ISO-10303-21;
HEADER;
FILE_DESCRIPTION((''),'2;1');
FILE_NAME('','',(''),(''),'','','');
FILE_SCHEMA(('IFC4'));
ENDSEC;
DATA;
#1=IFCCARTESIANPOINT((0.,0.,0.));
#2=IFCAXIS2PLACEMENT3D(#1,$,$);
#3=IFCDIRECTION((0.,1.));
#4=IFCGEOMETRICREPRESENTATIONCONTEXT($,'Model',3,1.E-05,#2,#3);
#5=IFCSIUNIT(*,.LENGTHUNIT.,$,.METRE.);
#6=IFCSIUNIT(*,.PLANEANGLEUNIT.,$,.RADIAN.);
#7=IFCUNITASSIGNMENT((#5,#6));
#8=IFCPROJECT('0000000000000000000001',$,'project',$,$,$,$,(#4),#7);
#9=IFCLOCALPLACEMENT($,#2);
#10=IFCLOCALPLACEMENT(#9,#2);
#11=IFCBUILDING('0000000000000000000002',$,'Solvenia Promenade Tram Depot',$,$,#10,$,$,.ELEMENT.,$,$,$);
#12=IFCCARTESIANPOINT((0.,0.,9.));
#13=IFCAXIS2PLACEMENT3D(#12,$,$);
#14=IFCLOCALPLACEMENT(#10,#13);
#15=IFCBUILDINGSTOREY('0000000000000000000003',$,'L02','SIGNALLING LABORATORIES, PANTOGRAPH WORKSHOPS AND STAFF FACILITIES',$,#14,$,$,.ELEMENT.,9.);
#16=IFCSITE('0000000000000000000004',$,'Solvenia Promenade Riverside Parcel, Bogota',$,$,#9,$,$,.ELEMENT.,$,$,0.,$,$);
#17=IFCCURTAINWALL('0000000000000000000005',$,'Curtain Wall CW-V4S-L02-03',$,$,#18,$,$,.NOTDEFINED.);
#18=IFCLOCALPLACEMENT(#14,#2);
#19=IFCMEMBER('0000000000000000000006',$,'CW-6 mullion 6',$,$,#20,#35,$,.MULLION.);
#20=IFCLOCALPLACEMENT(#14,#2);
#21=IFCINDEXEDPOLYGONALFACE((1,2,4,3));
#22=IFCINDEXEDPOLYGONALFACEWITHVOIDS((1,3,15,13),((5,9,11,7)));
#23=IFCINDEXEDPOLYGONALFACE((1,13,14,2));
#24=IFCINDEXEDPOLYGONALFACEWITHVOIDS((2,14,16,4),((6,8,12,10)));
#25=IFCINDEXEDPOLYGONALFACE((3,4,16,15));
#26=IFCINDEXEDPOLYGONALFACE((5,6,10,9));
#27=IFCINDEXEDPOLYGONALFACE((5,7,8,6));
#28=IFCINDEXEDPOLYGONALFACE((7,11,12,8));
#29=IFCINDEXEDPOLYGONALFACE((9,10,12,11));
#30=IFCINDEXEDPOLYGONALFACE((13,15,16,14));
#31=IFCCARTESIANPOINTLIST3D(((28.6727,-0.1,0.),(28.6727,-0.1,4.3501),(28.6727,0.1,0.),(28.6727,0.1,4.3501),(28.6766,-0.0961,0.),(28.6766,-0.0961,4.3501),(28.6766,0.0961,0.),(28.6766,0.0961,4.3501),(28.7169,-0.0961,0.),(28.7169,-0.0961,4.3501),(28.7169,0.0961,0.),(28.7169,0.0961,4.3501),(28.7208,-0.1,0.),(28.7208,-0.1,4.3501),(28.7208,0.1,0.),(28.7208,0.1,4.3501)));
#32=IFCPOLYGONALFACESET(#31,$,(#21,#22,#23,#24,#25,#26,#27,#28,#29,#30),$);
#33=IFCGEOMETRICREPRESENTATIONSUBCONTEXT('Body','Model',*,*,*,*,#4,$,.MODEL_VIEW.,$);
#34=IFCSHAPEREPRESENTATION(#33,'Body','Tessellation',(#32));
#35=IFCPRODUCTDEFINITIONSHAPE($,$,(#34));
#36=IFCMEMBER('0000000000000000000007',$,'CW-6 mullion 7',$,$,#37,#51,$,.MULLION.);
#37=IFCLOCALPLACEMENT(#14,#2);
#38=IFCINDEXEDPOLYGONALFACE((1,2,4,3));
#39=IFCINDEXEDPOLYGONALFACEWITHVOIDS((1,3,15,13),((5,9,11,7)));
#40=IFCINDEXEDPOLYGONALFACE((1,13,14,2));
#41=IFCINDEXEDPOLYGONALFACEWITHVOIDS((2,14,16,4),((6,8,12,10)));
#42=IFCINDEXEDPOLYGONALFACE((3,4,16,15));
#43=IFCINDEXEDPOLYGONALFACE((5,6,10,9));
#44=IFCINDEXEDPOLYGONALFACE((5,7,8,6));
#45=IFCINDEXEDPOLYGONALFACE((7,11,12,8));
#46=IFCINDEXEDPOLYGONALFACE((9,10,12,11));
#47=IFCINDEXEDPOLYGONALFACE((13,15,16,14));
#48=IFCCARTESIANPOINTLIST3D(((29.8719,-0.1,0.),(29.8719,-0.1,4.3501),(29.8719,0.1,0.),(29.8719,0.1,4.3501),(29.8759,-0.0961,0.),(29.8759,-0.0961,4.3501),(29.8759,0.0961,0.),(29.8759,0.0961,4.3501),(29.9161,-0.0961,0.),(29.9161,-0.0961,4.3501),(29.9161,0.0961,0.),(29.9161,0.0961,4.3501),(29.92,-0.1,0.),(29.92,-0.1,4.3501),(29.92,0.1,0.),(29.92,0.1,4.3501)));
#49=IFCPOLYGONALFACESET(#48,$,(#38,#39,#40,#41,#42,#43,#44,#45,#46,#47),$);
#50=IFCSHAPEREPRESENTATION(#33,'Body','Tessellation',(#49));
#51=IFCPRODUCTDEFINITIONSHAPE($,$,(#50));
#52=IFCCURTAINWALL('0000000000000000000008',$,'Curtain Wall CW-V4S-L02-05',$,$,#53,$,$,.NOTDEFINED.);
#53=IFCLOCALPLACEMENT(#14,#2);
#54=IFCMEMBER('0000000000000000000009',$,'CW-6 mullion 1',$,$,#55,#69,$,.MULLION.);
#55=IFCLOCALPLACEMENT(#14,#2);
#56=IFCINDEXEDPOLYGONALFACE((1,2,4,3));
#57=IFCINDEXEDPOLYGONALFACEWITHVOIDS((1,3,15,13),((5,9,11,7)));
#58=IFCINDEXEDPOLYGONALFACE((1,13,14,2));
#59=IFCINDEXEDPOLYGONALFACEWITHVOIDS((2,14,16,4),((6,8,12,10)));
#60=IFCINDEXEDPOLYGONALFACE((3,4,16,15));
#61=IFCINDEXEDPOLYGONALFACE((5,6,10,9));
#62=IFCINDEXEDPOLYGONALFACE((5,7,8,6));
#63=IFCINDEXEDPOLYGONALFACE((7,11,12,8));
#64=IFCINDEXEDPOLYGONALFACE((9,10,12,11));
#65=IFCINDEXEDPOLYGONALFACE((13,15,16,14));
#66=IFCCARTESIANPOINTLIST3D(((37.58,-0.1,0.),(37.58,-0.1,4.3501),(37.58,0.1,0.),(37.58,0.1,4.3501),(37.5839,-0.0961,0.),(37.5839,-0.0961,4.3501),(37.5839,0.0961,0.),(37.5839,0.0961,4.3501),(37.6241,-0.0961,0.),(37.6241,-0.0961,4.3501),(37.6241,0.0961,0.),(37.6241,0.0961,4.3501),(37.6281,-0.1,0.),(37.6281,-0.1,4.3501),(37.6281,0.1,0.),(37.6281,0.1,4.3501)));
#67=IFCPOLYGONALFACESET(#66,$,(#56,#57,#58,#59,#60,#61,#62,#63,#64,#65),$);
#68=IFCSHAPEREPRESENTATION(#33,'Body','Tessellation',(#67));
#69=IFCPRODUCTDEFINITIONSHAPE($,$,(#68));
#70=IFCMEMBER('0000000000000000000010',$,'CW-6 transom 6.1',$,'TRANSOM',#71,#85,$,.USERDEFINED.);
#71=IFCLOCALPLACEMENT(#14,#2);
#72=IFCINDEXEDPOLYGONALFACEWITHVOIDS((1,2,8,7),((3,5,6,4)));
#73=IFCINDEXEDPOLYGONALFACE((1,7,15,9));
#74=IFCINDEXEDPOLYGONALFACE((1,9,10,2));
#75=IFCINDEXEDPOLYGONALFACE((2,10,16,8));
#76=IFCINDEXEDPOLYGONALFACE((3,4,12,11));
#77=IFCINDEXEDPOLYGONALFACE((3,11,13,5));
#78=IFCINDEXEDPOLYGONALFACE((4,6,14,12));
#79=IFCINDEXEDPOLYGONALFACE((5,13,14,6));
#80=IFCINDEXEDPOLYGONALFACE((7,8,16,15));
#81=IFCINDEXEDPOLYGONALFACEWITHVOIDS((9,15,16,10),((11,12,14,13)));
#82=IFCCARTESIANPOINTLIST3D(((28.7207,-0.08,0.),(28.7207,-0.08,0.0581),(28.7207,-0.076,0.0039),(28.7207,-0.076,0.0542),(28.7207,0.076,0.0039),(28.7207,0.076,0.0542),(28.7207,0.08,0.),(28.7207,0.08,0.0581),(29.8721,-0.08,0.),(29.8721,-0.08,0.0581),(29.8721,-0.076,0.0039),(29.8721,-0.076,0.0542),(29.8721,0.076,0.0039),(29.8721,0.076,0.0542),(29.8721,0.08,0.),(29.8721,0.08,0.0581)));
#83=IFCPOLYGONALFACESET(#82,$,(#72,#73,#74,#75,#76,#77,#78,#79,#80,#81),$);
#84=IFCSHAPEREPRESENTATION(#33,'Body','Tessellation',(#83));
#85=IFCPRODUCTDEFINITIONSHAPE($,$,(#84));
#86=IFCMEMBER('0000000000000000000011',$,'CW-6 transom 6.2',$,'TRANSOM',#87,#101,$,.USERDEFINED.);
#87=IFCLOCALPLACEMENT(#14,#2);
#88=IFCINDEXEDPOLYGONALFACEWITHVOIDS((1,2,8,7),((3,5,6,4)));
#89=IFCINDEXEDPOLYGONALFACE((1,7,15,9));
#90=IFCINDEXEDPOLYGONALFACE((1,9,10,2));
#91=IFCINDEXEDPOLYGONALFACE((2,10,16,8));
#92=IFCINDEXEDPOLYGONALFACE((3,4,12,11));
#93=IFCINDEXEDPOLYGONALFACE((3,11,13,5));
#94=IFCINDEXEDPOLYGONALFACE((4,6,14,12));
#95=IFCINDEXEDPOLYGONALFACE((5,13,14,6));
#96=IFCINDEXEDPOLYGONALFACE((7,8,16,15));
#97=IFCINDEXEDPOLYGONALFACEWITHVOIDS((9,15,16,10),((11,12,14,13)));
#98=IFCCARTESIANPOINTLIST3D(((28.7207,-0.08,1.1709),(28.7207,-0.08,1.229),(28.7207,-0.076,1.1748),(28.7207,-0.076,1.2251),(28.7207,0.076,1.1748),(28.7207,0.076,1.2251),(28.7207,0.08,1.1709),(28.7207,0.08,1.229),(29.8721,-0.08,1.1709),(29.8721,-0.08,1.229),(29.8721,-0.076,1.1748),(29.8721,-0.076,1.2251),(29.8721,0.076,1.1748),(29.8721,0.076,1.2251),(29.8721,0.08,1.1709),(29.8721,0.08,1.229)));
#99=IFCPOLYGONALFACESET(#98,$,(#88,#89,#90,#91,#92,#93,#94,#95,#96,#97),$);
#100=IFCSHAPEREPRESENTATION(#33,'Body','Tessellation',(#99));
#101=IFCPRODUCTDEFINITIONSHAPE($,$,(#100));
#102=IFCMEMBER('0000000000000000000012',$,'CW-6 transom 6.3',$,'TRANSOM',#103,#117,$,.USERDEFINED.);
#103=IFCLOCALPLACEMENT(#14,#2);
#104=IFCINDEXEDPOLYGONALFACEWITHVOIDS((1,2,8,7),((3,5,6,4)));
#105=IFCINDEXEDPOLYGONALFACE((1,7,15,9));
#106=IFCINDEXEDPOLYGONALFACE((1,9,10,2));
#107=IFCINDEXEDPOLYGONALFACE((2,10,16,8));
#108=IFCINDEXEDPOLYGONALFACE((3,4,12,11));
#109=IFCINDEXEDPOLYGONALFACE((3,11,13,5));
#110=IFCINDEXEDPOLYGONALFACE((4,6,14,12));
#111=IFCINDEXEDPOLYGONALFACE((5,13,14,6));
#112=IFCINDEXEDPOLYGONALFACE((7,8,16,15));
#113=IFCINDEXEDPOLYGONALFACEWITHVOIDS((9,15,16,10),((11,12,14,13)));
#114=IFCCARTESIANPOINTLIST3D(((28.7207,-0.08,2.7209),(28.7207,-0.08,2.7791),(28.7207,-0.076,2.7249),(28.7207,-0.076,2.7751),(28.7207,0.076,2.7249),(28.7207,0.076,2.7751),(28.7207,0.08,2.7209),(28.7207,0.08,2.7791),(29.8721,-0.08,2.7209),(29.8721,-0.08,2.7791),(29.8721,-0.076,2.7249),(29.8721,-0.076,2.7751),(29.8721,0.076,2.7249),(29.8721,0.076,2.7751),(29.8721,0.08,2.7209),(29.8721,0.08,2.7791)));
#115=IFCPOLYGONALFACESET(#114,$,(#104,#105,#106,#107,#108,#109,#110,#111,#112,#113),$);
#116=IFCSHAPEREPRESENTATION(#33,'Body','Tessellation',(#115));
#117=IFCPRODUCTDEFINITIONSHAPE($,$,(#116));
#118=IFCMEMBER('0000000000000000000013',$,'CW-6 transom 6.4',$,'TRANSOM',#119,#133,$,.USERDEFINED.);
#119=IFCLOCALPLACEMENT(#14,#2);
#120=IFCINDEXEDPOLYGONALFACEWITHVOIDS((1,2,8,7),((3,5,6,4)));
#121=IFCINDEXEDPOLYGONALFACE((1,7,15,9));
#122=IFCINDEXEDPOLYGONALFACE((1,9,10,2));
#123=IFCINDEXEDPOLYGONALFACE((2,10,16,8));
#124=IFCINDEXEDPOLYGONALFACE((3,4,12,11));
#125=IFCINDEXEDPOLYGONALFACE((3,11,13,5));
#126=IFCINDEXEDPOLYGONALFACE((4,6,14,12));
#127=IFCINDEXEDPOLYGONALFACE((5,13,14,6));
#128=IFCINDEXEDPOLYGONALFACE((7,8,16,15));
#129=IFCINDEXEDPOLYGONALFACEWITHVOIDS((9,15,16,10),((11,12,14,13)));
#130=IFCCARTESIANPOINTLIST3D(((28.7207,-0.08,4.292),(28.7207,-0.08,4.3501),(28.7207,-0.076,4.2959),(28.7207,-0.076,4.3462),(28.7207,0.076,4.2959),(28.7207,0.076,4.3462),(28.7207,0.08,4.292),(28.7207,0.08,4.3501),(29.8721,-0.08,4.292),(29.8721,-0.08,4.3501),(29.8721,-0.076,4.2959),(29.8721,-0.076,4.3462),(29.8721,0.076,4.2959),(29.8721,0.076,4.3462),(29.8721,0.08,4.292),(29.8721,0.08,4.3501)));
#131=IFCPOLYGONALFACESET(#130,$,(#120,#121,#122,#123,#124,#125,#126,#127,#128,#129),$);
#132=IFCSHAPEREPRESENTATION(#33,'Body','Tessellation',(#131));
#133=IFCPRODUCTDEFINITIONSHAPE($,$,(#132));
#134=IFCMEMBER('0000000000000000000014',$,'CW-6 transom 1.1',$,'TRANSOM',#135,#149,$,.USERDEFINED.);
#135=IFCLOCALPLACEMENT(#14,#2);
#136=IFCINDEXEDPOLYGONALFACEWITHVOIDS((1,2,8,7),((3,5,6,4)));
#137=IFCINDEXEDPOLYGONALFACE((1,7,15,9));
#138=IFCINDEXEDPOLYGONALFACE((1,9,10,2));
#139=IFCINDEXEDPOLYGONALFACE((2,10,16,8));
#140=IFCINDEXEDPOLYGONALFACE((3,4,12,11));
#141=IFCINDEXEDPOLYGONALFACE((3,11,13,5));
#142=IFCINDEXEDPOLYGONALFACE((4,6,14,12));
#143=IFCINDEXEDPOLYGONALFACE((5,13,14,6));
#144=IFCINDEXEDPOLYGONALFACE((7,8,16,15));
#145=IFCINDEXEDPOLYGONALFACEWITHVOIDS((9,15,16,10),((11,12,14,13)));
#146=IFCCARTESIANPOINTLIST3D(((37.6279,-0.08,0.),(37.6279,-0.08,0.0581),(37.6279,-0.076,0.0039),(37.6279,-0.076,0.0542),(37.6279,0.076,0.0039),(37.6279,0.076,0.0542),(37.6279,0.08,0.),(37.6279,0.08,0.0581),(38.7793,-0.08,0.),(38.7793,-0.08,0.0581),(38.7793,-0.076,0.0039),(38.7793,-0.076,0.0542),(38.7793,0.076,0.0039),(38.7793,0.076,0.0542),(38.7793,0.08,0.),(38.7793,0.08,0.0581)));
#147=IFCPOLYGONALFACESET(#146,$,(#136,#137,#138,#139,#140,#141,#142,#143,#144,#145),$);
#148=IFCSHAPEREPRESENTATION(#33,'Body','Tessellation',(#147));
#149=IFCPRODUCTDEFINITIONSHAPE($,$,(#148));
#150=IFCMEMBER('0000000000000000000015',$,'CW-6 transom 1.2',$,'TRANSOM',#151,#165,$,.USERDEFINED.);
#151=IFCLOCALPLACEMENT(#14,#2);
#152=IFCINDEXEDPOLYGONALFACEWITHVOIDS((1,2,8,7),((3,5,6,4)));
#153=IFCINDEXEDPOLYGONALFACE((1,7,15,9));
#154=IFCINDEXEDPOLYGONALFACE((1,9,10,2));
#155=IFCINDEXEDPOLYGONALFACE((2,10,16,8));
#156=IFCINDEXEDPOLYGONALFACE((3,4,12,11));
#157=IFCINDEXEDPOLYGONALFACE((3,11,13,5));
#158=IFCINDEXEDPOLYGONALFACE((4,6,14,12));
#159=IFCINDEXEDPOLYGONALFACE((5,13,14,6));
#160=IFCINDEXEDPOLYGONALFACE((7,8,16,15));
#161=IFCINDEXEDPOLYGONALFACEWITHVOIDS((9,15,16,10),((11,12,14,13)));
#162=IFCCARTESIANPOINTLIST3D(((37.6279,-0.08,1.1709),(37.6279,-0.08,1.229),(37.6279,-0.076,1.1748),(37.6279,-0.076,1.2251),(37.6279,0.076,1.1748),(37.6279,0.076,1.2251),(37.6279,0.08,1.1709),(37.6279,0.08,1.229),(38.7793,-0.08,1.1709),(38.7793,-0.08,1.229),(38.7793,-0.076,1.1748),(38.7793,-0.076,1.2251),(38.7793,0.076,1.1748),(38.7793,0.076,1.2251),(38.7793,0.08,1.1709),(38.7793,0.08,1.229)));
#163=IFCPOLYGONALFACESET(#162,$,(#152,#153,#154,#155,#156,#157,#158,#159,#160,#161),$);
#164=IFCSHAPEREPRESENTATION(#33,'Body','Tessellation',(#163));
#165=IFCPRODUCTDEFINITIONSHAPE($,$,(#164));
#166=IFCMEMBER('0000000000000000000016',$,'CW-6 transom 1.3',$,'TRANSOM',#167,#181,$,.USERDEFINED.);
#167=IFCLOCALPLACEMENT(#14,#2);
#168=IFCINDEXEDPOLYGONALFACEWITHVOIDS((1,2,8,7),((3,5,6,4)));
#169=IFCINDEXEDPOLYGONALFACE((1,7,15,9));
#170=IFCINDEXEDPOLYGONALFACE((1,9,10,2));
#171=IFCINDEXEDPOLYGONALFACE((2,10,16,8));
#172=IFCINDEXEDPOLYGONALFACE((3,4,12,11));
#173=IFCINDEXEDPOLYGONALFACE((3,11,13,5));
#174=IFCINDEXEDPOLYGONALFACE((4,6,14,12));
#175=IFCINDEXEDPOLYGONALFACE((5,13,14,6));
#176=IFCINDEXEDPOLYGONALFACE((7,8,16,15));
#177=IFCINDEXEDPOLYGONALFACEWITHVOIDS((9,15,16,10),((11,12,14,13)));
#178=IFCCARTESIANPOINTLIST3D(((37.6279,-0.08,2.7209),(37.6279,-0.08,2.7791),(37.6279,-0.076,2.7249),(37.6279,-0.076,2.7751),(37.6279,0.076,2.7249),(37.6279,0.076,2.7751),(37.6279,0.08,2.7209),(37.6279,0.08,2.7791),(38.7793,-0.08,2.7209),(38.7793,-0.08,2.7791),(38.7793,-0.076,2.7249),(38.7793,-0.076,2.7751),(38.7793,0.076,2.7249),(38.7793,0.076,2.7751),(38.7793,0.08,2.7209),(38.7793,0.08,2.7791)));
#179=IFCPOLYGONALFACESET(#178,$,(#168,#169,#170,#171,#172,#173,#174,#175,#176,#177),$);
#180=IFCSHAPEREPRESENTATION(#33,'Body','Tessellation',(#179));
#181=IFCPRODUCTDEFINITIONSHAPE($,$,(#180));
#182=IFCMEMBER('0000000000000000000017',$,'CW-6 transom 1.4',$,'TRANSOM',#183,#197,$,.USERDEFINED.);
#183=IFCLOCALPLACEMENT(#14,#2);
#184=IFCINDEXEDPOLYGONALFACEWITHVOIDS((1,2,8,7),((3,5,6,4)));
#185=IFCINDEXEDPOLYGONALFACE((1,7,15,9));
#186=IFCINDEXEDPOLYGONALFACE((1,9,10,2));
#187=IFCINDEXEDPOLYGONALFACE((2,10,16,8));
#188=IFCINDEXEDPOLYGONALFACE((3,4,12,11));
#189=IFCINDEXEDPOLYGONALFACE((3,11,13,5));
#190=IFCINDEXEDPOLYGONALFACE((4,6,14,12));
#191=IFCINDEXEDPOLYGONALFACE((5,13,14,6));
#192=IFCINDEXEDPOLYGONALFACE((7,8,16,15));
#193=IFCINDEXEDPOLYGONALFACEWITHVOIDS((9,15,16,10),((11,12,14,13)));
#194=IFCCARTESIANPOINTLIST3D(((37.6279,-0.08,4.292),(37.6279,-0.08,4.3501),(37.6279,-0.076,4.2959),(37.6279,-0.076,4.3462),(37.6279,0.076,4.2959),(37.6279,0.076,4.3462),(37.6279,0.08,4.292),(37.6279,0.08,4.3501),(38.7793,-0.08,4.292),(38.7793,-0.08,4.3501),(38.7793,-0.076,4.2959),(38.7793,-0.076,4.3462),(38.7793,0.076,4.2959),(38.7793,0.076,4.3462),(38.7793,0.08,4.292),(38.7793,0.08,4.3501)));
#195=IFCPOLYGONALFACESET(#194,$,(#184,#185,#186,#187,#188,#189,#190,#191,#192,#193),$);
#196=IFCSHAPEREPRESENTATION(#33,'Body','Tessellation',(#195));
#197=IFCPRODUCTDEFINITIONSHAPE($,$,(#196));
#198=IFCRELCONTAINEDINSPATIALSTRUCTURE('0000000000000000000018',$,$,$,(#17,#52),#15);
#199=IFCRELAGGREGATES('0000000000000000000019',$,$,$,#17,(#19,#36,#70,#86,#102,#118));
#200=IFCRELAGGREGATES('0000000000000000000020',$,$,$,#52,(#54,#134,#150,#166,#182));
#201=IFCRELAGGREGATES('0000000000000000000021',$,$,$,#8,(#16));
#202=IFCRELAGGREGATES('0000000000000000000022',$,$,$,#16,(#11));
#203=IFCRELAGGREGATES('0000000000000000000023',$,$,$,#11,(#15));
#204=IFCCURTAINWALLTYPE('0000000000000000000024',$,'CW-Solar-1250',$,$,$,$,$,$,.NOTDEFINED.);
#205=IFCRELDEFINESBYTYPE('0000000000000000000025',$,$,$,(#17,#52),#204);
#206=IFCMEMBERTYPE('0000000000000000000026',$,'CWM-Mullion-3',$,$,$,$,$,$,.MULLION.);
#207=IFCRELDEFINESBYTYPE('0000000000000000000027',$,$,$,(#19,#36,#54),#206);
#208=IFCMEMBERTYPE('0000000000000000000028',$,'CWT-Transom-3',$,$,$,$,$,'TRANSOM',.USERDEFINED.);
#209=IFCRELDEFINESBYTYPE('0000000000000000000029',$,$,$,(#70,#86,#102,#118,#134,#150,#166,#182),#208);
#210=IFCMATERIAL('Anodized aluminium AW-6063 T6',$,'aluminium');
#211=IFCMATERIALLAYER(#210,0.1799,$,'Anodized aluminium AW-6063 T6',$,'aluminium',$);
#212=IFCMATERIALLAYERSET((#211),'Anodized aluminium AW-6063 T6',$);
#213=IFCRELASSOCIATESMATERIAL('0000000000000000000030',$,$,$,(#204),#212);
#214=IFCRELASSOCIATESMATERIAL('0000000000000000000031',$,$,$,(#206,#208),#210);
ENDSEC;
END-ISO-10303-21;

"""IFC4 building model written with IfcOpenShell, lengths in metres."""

from ifc_helpers import new_model, si_unit, direction, frame, origin, origin_2d, place, context, subcontext, project, spatial, hollow_rectangle, extrude, material, layer, layer_set, material_profile, profile_set, type_object, element, aggregate, save


model = new_model("IFC4")

# Units and contexts
model_context = context("Model", 3, precision=1e-05, world=origin(), true_north=direction((0.0, 1.0)))
body_context = subcontext(model_context, "Body", "Model", "MODEL_VIEW")
ifc_project = project(units=[si_unit("LENGTHUNIT", "METRE"), si_unit("PLANEANGLEUNIT", "RADIAN")], contexts=[model_context])

# Site, building, storey
site_placement = place(None, origin())
site = spatial("IfcSite", under=ifc_project, at=site_placement, Name="Solvenia Promenade Riverside Parcel, Bogota", CompositionType="ELEMENT", RefElevation=0.0)
building_placement = place(site_placement, origin())
building = spatial("IfcBuilding", under=site, at=building_placement, Name="Solvenia Promenade Tram Depot", CompositionType="ELEMENT")
storey_placement = place(building_placement, frame((0.0, 0.0, 9.0)))
storey = spatial("IfcBuildingStorey", under=building, at=storey_placement, Name="L02", Description="SIGNALLING LABORATORIES, PANTOGRAPH WORKSHOPS AND STAFF FACILITIES", CompositionType="ELEMENT", Elevation=9.0)

# Curtain wall, members
ifc_material_1 = material(Name="Anodized aluminium AW-6063 T6", Category="aluminium")
ifc_layer_1 = layer(ifc_material_1, 0.1799, Name="Anodized aluminium AW-6063 T6", Category="aluminium")
ifc_layer_set_1 = layer_set([ifc_layer_1], Name="Anodized aluminium AW-6063 T6")
curtain_wall_type = type_object("IfcCurtainWallType", Name="CW-Solar-1250", PredefinedType="NOTDEFINED", material=ifc_layer_set_1)
curtain_wall_1_placement = place(storey_placement, origin())
curtain_wall_1 = element("IfcCurtainWall", 1, at=curtain_wall_1_placement, inside=storey, type_object=curtain_wall_type, Name="Curtain Wall CW-V4S-L02-03", PredefinedType="NOTDEFINED")
ifc_material_profile_1 = material_profile(ifc_material_1, hollow_rectangle(XDim=0.2, YDim=0.0481, WallThickness=0.0039, at=origin_2d()), Name="ALU-M3", Category="aluminium")
ifc_profile_set_1 = profile_set([ifc_material_profile_1], Name="Anodized aluminium AW-6063 T6")
member_type_1 = type_object("IfcMemberType", Name="CWM-Mullion-3", PredefinedType="MULLION", material=ifc_profile_set_1)
member_1_placement = place(storey_placement, frame((28.6968, 0.0, 0.0), z_axis=(0.0, 0.0, 1.0), x_axis=(0.0, 1.0, 0.0)))
member_1 = element("IfcMember", 2, at=member_1_placement, type_object=member_type_1, Name="CW-6 mullion 6", PredefinedType="MULLION", context=body_context, shape_type="SweptSolid", body=[
    extrude(hollow_rectangle(XDim=0.2, YDim=0.0481, WallThickness=0.0039, at=origin_2d()), origin(), (0.0, 0.0, 1.0), 4.3501),
])
member_2_placement = place(storey_placement, frame((29.896, 0.0, 0.0), z_axis=(0.0, 0.0, 1.0), x_axis=(0.0, 1.0, 0.0)))
member_2 = element("IfcMember", 3, at=member_2_placement, type_object=member_type_1, Name="CW-6 mullion 7", PredefinedType="MULLION", context=body_context, shape_type="SweptSolid", body=[
    extrude(hollow_rectangle(XDim=0.2, YDim=0.0481, WallThickness=0.0039, at=origin_2d()), origin(), (0.0, 0.0, 1.0), 4.3501),
])

# Curtain wall, member
curtain_wall_2_placement = place(storey_placement, origin())
curtain_wall_2 = element("IfcCurtainWall", 4, at=curtain_wall_2_placement, inside=storey, type_object=curtain_wall_type, Name="Curtain Wall CW-V4S-L02-05", PredefinedType="NOTDEFINED")
member_3_placement = place(storey_placement, frame((37.604, 0.0, 0.0), z_axis=(0.0, 0.0, 1.0), x_axis=(0.0, 1.0, 0.0)))
member_3 = element("IfcMember", 5, at=member_3_placement, type_object=member_type_1, Name="CW-6 mullion 1", PredefinedType="MULLION", context=body_context, shape_type="SweptSolid", body=[
    extrude(hollow_rectangle(XDim=0.2, YDim=0.0481, WallThickness=0.0039, at=origin_2d()), origin(), (0.0, 0.0, 1.0), 4.3501),
])

# Members
ifc_material_profile_2 = material_profile(ifc_material_1, hollow_rectangle(XDim=0.1599, YDim=0.0581, WallThickness=0.0039, at=origin_2d()), Name="ALU-T3", Category="aluminium")
ifc_profile_set_2 = profile_set([ifc_material_profile_2], Name="Anodized aluminium AW-6063 T6")
member_type_2 = type_object("IfcMemberType", Name="CWT-Transom-3", ElementType="TRANSOM", PredefinedType="USERDEFINED", material=ifc_profile_set_2)
member_4_placement = place(storey_placement, frame((28.7207, 0.0, 0.0291), z_axis=(1.0, 0.0, 0.0), x_axis=(0.0, 1.0, 0.0)))
member_4 = element("IfcMember", 6, at=member_4_placement, type_object=member_type_2, Name="CW-6 transom 6.1", ObjectType="TRANSOM", PredefinedType="USERDEFINED", context=body_context, shape_type="SweptSolid", body=[
    extrude(hollow_rectangle(XDim=0.1599, YDim=0.0581, WallThickness=0.0039, at=origin_2d()), origin(), (0.0, 0.0, 1.0), 1.1514),
])
member_5_placement = place(storey_placement, frame((28.7207, 0.0, 1.2), z_axis=(1.0, 0.0, 0.0), x_axis=(0.0, 1.0, 0.0)))
member_5 = element("IfcMember", 7, at=member_5_placement, type_object=member_type_2, Name="CW-6 transom 6.2", ObjectType="TRANSOM", PredefinedType="USERDEFINED", context=body_context, shape_type="SweptSolid", body=[
    extrude(hollow_rectangle(XDim=0.1599, YDim=0.0581, WallThickness=0.0039, at=origin_2d()), origin(), (0.0, 0.0, 1.0), 1.1514),
])
member_6_placement = place(storey_placement, frame((28.7207, 0.0, 2.75), z_axis=(1.0, 0.0, 0.0), x_axis=(0.0, 1.0, 0.0)))
member_6 = element("IfcMember", 8, at=member_6_placement, type_object=member_type_2, Name="CW-6 transom 6.3", ObjectType="TRANSOM", PredefinedType="USERDEFINED", context=body_context, shape_type="SweptSolid", body=[
    extrude(hollow_rectangle(XDim=0.1599, YDim=0.0581, WallThickness=0.0039, at=origin_2d()), origin(), (0.0, 0.0, 1.0), 1.1514),
])
member_7_placement = place(storey_placement, frame((28.7207, 0.0, 4.321), z_axis=(1.0, 0.0, 0.0), x_axis=(0.0, 1.0, 0.0)))
member_7 = element("IfcMember", 9, at=member_7_placement, type_object=member_type_2, Name="CW-6 transom 6.4", ObjectType="TRANSOM", PredefinedType="USERDEFINED", context=body_context, shape_type="SweptSolid", body=[
    extrude(hollow_rectangle(XDim=0.1599, YDim=0.0581, WallThickness=0.0039, at=origin_2d()), origin(), (0.0, 0.0, 1.0), 1.1514),
])
member_8_placement = place(storey_placement, frame((37.6279, 0.0, 0.0291), z_axis=(1.0, 0.0, 0.0), x_axis=(0.0, 1.0, 0.0)))
member_8 = element("IfcMember", 10, at=member_8_placement, type_object=member_type_2, Name="CW-6 transom 1.1", ObjectType="TRANSOM", PredefinedType="USERDEFINED", context=body_context, shape_type="SweptSolid", body=[
    extrude(hollow_rectangle(XDim=0.1599, YDim=0.0581, WallThickness=0.0039, at=origin_2d()), origin(), (0.0, 0.0, 1.0), 1.1514),
])
member_9_placement = place(storey_placement, frame((37.6279, 0.0, 1.2), z_axis=(1.0, 0.0, 0.0), x_axis=(0.0, 1.0, 0.0)))
member_9 = element("IfcMember", 11, at=member_9_placement, type_object=member_type_2, Name="CW-6 transom 1.2", ObjectType="TRANSOM", PredefinedType="USERDEFINED", context=body_context, shape_type="SweptSolid", body=[
    extrude(hollow_rectangle(XDim=0.1599, YDim=0.0581, WallThickness=0.0039, at=origin_2d()), origin(), (0.0, 0.0, 1.0), 1.1514),
])
member_10_placement = place(storey_placement, frame((37.6279, 0.0, 2.75), z_axis=(1.0, 0.0, 0.0), x_axis=(0.0, 1.0, 0.0)))
member_10 = element("IfcMember", 12, at=member_10_placement, type_object=member_type_2, Name="CW-6 transom 1.3", ObjectType="TRANSOM", PredefinedType="USERDEFINED", context=body_context, shape_type="SweptSolid", body=[
    extrude(hollow_rectangle(XDim=0.1599, YDim=0.0581, WallThickness=0.0039, at=origin_2d()), origin(), (0.0, 0.0, 1.0), 1.1514),
])
member_11_placement = place(storey_placement, frame((37.6279, 0.0, 4.321), z_axis=(1.0, 0.0, 0.0), x_axis=(0.0, 1.0, 0.0)))
member_11 = element("IfcMember", 13, at=member_11_placement, type_object=member_type_2, Name="CW-6 transom 1.4", ObjectType="TRANSOM", PredefinedType="USERDEFINED", context=body_context, shape_type="SweptSolid", body=[
    extrude(hollow_rectangle(XDim=0.1599, YDim=0.0581, WallThickness=0.0039, at=origin_2d()), origin(), (0.0, 0.0, 1.0), 1.1514),
])

aggregate(curtain_wall_1, [member_1, member_2, member_4, member_5, member_6, member_7])
aggregate(curtain_wall_2, [member_3, member_8, member_9, member_10, member_11])

save(model, "model.ifc")
